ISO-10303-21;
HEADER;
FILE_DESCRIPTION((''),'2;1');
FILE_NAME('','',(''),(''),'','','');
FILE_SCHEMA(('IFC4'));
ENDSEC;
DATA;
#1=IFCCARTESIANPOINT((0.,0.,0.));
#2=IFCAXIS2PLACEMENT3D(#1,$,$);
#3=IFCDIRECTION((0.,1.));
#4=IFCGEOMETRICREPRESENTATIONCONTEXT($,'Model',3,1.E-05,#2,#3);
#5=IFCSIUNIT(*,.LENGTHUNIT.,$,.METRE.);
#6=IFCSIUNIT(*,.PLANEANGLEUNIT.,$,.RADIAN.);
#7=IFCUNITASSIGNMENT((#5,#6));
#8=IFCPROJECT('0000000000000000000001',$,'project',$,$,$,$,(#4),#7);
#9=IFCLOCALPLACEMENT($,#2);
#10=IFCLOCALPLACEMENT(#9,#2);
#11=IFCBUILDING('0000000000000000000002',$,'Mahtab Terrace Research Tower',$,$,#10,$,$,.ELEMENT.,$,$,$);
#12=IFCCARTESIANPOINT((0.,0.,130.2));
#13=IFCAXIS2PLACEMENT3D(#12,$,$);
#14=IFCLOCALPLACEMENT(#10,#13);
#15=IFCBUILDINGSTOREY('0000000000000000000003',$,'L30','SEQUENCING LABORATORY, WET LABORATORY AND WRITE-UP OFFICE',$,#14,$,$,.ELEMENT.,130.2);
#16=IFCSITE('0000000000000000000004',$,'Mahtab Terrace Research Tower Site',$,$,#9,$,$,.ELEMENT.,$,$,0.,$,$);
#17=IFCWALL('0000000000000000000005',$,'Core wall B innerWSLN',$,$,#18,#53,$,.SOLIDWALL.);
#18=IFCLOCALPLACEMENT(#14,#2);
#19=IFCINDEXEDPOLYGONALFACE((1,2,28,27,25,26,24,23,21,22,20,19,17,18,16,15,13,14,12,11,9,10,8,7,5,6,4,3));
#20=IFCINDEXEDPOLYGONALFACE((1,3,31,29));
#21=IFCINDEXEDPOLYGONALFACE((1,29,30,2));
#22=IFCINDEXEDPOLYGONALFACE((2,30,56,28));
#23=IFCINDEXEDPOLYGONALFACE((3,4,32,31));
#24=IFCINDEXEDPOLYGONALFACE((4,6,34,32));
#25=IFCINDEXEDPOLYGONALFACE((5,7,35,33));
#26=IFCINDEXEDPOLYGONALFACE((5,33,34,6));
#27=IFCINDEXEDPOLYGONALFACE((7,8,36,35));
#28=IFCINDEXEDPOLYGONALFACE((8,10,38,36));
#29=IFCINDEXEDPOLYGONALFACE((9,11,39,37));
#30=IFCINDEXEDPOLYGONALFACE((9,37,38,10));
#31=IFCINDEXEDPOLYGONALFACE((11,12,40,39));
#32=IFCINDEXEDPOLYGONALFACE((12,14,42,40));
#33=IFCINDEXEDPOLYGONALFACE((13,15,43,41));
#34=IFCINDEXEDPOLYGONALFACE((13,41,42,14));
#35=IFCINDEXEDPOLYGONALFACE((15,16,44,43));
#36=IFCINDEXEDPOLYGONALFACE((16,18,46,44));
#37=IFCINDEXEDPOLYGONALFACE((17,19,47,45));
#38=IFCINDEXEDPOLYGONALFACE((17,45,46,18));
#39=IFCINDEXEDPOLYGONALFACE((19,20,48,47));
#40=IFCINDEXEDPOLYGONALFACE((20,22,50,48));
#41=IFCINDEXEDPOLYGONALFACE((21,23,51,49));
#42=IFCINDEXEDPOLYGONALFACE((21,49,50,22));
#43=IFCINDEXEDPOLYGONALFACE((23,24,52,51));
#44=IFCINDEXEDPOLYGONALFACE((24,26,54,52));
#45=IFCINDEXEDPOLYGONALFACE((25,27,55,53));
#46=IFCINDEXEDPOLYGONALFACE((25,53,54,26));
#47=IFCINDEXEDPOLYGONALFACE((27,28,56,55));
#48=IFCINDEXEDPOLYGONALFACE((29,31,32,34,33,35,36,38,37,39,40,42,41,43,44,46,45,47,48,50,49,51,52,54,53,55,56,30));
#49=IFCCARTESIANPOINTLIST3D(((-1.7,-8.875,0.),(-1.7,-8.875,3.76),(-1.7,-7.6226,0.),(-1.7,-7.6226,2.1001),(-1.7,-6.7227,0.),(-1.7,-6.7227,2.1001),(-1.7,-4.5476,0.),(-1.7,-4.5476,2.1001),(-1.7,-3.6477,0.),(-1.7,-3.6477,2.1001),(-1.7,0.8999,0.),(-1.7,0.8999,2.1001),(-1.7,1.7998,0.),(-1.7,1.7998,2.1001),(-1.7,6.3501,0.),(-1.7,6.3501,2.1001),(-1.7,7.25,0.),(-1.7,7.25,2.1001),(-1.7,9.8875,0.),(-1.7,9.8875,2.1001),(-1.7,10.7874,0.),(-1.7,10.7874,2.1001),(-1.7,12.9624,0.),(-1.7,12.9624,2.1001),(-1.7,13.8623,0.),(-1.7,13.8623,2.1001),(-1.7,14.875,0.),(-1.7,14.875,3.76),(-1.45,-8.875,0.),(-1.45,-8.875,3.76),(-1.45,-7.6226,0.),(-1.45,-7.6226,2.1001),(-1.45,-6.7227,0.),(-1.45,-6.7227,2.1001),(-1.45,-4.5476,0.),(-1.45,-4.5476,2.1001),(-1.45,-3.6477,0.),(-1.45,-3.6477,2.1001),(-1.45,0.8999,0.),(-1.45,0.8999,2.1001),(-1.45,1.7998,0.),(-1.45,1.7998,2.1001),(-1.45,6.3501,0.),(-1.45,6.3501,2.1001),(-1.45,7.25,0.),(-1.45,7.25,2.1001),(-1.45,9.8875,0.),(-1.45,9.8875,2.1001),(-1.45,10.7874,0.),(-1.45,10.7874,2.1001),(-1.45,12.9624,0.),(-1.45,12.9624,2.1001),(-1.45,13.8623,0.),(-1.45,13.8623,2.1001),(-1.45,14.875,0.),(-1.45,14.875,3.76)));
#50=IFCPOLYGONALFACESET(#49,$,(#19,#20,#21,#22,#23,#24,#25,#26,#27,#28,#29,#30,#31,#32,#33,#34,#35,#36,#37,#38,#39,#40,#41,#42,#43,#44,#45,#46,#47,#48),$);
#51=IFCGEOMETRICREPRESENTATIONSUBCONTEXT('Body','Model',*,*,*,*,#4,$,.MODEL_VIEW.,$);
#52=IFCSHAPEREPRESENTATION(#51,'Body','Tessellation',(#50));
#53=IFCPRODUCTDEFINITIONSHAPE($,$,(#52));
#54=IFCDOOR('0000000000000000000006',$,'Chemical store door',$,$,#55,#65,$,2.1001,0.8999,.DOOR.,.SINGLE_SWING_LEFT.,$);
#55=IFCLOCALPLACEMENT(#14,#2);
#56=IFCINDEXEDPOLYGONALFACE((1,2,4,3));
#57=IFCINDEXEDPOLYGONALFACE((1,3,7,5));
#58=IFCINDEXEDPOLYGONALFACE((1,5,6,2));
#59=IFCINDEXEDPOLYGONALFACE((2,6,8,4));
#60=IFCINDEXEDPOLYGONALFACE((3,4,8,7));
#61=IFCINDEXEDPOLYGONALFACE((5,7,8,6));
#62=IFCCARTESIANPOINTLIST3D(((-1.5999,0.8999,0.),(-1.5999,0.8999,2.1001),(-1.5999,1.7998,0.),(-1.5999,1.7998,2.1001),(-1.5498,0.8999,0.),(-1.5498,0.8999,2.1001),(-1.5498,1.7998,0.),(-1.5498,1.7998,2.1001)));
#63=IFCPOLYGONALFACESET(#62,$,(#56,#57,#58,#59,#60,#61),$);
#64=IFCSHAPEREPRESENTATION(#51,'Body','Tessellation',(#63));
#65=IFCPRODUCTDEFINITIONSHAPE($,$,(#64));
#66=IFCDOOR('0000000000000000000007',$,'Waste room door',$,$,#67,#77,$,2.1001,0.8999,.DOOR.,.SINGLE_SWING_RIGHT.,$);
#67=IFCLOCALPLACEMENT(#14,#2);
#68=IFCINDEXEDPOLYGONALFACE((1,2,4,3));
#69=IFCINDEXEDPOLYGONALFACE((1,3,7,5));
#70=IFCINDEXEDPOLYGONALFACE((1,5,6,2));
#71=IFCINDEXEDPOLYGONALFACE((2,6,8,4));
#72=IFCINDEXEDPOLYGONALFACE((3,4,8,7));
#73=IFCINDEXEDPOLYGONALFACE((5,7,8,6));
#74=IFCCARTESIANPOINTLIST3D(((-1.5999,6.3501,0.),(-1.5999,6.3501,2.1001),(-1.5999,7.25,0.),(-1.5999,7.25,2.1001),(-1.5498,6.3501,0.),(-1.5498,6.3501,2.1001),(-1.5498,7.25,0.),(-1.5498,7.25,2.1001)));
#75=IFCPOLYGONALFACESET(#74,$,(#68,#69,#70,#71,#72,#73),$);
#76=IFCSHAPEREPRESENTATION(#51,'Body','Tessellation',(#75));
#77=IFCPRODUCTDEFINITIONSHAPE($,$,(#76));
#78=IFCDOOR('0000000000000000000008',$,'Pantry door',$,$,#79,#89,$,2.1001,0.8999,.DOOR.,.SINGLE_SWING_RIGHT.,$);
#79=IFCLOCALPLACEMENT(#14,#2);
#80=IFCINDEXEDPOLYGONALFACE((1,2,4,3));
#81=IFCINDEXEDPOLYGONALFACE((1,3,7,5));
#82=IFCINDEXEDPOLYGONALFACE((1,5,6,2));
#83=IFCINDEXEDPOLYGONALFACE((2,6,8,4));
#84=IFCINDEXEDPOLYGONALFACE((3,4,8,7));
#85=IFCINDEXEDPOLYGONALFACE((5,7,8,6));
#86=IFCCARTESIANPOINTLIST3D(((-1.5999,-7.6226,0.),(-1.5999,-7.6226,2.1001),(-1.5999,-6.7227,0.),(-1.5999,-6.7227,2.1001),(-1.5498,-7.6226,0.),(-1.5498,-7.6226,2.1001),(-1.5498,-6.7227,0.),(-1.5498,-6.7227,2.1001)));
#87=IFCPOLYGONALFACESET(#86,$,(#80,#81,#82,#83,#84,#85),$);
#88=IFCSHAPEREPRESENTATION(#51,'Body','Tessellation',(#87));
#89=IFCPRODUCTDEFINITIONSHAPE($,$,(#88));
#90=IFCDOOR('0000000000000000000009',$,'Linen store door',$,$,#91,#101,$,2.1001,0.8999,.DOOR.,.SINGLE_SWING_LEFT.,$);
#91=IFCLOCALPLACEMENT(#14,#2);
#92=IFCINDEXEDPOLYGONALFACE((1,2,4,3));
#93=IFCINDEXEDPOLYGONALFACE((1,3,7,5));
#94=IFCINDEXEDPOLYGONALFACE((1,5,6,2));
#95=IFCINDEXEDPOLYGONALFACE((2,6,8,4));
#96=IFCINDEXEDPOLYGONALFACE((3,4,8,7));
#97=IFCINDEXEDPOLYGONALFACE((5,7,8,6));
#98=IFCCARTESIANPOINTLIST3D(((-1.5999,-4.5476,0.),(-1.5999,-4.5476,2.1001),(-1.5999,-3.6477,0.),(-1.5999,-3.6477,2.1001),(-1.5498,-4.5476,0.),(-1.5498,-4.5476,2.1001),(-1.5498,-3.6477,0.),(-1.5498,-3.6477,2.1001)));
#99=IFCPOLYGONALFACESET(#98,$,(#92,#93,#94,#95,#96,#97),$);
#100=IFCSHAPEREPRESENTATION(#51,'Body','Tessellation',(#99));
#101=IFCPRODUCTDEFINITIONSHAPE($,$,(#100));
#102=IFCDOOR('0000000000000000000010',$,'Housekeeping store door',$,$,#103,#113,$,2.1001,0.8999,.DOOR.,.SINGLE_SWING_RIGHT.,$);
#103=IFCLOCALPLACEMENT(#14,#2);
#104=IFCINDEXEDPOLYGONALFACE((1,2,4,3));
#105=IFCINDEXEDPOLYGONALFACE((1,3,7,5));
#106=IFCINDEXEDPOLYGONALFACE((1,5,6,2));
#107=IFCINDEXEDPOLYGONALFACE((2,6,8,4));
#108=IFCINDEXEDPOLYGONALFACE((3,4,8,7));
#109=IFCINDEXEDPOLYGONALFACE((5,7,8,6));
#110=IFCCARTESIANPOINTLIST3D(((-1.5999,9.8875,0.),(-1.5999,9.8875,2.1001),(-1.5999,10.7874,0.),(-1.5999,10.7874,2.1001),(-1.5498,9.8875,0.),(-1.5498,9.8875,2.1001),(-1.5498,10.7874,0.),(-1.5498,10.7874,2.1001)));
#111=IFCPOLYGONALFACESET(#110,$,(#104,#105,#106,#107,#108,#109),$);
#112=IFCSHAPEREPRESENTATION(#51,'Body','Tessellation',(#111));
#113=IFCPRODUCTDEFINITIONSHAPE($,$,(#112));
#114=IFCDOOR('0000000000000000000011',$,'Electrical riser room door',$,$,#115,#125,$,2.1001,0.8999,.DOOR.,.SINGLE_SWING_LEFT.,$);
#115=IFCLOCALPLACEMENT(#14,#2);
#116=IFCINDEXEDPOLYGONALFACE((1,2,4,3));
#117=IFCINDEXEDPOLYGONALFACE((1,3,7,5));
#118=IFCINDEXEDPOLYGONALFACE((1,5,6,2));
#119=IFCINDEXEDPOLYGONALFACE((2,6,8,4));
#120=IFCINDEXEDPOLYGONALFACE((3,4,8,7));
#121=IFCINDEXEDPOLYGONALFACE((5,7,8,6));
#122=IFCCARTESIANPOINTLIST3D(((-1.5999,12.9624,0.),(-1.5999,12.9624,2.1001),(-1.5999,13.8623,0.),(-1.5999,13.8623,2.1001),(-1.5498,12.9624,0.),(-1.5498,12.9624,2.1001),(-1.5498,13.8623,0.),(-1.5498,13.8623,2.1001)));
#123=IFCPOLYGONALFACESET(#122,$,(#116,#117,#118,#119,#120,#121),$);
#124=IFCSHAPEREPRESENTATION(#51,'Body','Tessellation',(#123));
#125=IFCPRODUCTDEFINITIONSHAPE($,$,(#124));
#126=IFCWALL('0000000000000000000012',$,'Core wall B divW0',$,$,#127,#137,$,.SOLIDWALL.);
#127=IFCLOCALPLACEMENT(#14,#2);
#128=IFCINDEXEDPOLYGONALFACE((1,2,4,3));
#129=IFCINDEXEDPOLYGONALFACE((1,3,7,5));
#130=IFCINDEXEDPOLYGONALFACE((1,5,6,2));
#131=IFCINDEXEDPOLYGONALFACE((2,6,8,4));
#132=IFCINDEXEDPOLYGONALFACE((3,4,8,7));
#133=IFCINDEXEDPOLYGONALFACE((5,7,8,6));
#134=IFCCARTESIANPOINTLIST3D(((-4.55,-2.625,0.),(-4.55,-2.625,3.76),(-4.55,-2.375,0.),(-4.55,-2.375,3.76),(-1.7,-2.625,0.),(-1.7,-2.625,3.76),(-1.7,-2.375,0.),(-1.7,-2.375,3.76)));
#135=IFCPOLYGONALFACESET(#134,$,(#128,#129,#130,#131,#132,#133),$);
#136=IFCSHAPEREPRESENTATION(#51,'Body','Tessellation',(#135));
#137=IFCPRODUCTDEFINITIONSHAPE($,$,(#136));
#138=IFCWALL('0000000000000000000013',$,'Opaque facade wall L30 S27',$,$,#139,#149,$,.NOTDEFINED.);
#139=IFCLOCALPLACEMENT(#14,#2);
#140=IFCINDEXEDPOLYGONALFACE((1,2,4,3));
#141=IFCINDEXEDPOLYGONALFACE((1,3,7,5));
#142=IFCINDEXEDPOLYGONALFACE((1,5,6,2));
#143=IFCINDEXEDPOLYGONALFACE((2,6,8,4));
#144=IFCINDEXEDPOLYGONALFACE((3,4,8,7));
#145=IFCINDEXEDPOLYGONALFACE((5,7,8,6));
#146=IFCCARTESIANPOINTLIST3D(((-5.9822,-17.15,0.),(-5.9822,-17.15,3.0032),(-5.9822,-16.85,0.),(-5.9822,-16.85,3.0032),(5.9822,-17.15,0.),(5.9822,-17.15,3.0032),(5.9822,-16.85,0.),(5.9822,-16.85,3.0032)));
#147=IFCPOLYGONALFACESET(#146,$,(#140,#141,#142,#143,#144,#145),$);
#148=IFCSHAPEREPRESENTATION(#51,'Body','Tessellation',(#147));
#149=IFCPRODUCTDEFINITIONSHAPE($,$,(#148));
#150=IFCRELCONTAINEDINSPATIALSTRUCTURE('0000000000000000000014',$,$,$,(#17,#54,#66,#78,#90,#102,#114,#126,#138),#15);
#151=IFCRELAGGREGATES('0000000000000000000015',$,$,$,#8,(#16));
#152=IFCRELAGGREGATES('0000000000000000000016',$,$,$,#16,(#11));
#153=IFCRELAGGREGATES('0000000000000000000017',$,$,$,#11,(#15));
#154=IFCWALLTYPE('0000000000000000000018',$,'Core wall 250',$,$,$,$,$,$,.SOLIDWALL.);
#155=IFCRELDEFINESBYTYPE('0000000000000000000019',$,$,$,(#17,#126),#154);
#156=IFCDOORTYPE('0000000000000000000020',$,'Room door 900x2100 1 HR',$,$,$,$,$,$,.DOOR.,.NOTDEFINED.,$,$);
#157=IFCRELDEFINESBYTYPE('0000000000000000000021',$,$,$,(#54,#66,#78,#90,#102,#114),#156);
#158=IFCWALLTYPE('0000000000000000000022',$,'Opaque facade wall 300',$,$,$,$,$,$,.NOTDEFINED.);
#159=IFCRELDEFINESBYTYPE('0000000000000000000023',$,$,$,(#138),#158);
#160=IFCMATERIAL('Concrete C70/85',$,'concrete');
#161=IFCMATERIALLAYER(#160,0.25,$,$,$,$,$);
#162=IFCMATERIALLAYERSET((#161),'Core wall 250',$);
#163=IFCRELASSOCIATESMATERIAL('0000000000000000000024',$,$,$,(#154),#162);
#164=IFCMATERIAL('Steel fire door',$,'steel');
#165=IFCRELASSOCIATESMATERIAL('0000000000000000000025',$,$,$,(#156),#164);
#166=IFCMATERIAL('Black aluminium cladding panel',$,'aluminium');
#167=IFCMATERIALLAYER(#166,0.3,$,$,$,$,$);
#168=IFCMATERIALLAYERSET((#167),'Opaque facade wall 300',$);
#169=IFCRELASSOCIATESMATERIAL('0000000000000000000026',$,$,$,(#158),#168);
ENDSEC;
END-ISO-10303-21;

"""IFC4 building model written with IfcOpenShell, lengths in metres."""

from ifc_helpers import new_model, si_unit, direction, frame, frame_2d, origin, place, context, subcontext, project, spatial, rectangle, extrude, material, layer, layer_set, type_object, element, fill, save


model = new_model("IFC4")

# Units and contexts
model_context = context("Model", 3, precision=1e-05, world=origin(), true_north=direction((0.0, 1.0)))
body_context = subcontext(model_context, "Body", "Model", "MODEL_VIEW")
ifc_project = project(units=[si_unit("LENGTHUNIT", "METRE"), si_unit("PLANEANGLEUNIT", "RADIAN")], contexts=[model_context])

# Site, building, storey
site_placement = place(None, origin())
site = spatial("IfcSite", under=ifc_project, at=site_placement, Name="Mahtab Terrace Research Tower Site", CompositionType="ELEMENT", RefElevation=0.0)
building_placement = place(site_placement, origin())
building = spatial("IfcBuilding", under=site, at=building_placement, Name="Mahtab Terrace Research Tower", CompositionType="ELEMENT")
storey_placement = place(building_placement, frame((0.0, 0.0, 130.2)))
storey = spatial("IfcBuildingStorey", under=building, at=storey_placement, Name="L30", Description="SEQUENCING LABORATORY, WET LABORATORY AND WRITE-UP OFFICE", CompositionType="ELEMENT", Elevation=130.2)

# Shared definitions
ifc_material_1 = material(Name="Concrete C70/85", Category="concrete")

# Wall, openings, doors
ifc_layer_1 = layer(ifc_material_1, 0.25)
ifc_layer_set_1 = layer_set([ifc_layer_1], Name="Core wall 250")
wall_type_1 = type_object("IfcWallType", Name="Core wall 250", PredefinedType="SOLIDWALL", material=ifc_layer_set_1)
wall_1_placement = place(storey_placement, frame((-1.575, -8.875, 0.0), z_axis=(0.0, 0.0, 1.0), x_axis=(0.0, 1.0, 0.0)))
wall_1 = element("IfcWall", 1, at=wall_1_placement, inside=storey, type_object=wall_type_1, Name="Core wall B innerWSLN", PredefinedType="SOLIDWALL", context=body_context, shape_type="SweptSolid", body=[
    extrude(rectangle(XDim=23.75, YDim=0.25, at=frame_2d((11.875, 0.0))), origin(), (0.0, 0.0, 1.0), 3.76),
])
opening_1_placement = place(wall_1_placement, frame((9.7749, 0.0, 0.0)))
opening_1 = element("IfcOpeningElement", 2, at=opening_1_placement, cuts=wall_1, PredefinedType="OPENING", context=body_context, shape_type="SweptSolid", body=[
    extrude(rectangle(XDim=0.8999, YDim=2.1001, at=frame_2d((0.45, 1.05))), frame((0.0, 0.135, 0.0), z_axis=(0.0, -1.0, 0.0), x_axis=(1.0, 0.0, 0.0)), (0.0, 0.0, 1.0), 0.27),
])
opening_2_placement = place(wall_1_placement, frame((15.2251, 0.0, 0.0)))
opening_2 = element("IfcOpeningElement", 3, at=opening_2_placement, cuts=wall_1, PredefinedType="OPENING", context=body_context, shape_type="SweptSolid", body=[
    extrude(rectangle(XDim=0.8999, YDim=2.1001, at=frame_2d((0.45, 1.05))), frame((0.0, 0.135, 0.0), z_axis=(0.0, -1.0, 0.0), x_axis=(1.0, 0.0, 0.0)), (0.0, 0.0, 1.0), 0.27),
])
opening_3_placement = place(wall_1_placement, frame((1.2524, 0.0, 0.0)))
opening_3 = element("IfcOpeningElement", 4, at=opening_3_placement, cuts=wall_1, PredefinedType="OPENING", context=body_context, shape_type="SweptSolid", body=[
    extrude(rectangle(XDim=0.8999, YDim=2.1001, at=frame_2d((0.45, 1.05))), frame((0.0, 0.135, 0.0), z_axis=(0.0, -1.0, 0.0), x_axis=(1.0, 0.0, 0.0)), (0.0, 0.0, 1.0), 0.27),
])
opening_4_placement = place(wall_1_placement, frame((4.3274, 0.0, 0.0)))
opening_4 = element("IfcOpeningElement", 5, at=opening_4_placement, cuts=wall_1, PredefinedType="OPENING", context=body_context, shape_type="SweptSolid", body=[
    extrude(rectangle(XDim=0.8999, YDim=2.1001, at=frame_2d((0.45, 1.05))), frame((0.0, 0.135, 0.0), z_axis=(0.0, -1.0, 0.0), x_axis=(1.0, 0.0, 0.0)), (0.0, 0.0, 1.0), 0.27),
])
opening_5_placement = place(wall_1_placement, frame((18.7625, 0.0, 0.0)))
opening_5 = element("IfcOpeningElement", 6, at=opening_5_placement, cuts=wall_1, PredefinedType="OPENING", context=body_context, shape_type="SweptSolid", body=[
    extrude(rectangle(XDim=0.8999, YDim=2.1001, at=frame_2d((0.45, 1.05))), frame((0.0, 0.135, 0.0), z_axis=(0.0, -1.0, 0.0), x_axis=(1.0, 0.0, 0.0)), (0.0, 0.0, 1.0), 0.27),
])
opening_6_placement = place(wall_1_placement, frame((21.8374, 0.0, 0.0)))
opening_6 = element("IfcOpeningElement", 7, at=opening_6_placement, cuts=wall_1, PredefinedType="OPENING", context=body_context, shape_type="SweptSolid", body=[
    extrude(rectangle(XDim=0.8999, YDim=2.1001, at=frame_2d((0.45, 1.05))), frame((0.0, 0.135, 0.0), z_axis=(0.0, -1.0, 0.0), x_axis=(1.0, 0.0, 0.0)), (0.0, 0.0, 1.0), 0.27),
])
ifc_material_2 = material(Name="Steel fire door", Category="steel")
door_type_1 = type_object("IfcDoorType", Name="Room door 900x2100 1 HR", OperationType="NOTDEFINED", PredefinedType="DOOR", material=ifc_material_2)
door_1_placement = place(opening_1_placement, origin())
door_1 = element("IfcDoor", 8, at=door_1_placement, inside=storey, type_object=door_type_1, Name="Chemical store door", OperationType="SINGLE_SWING_LEFT", OverallHeight=2.1001, OverallWidth=0.8999, PredefinedType="DOOR", context=body_context, shape_type="SweptSolid", body=[
    extrude(rectangle(XDim=0.8999, YDim=2.1001, at=frame_2d((0.45, 1.05))), frame((0.0, 0.0249, 0.0), z_axis=(0.0, -1.0, 0.0), x_axis=(1.0, 0.0, 0.0)), (0.0, 0.0, 1.0), 0.05),
])
fill(opening_1, door_1)
door_2_placement = place(opening_2_placement, origin())
door_2 = element("IfcDoor", 9, at=door_2_placement, inside=storey, type_object=door_type_1, Name="Waste room door", OperationType="SINGLE_SWING_RIGHT", OverallHeight=2.1001, OverallWidth=0.8999, PredefinedType="DOOR", context=body_context, shape_type="SweptSolid", body=[
    extrude(rectangle(XDim=0.8999, YDim=2.1001, at=frame_2d((0.45, 1.05))), frame((0.0, 0.0249, 0.0), z_axis=(0.0, -1.0, 0.0), x_axis=(1.0, 0.0, 0.0)), (0.0, 0.0, 1.0), 0.05),
])
fill(opening_2, door_2)
door_3_placement = place(opening_3_placement, origin())
door_3 = element("IfcDoor", 10, at=door_3_placement, inside=storey, type_object=door_type_1, Name="Pantry door", OperationType="SINGLE_SWING_RIGHT", OverallHeight=2.1001, OverallWidth=0.8999, PredefinedType="DOOR", context=body_context, shape_type="SweptSolid", body=[
    extrude(rectangle(XDim=0.8999, YDim=2.1001, at=frame_2d((0.45, 1.05))), frame((0.0, 0.0249, 0.0), z_axis=(0.0, -1.0, 0.0), x_axis=(1.0, 0.0, 0.0)), (0.0, 0.0, 1.0), 0.05),
])
fill(opening_3, door_3)
door_4_placement = place(opening_4_placement, origin())
door_4 = element("IfcDoor", 11, at=door_4_placement, inside=storey, type_object=door_type_1, Name="Linen store door", OperationType="SINGLE_SWING_LEFT", OverallHeight=2.1001, OverallWidth=0.8999, PredefinedType="DOOR", context=body_context, shape_type="SweptSolid", body=[
    extrude(rectangle(XDim=0.8999, YDim=2.1001, at=frame_2d((0.45, 1.05))), frame((0.0, 0.0249, 0.0), z_axis=(0.0, -1.0, 0.0), x_axis=(1.0, 0.0, 0.0)), (0.0, 0.0, 1.0), 0.05),
])
fill(opening_4, door_4)
door_5_placement = place(opening_5_placement, origin())
door_5 = element("IfcDoor", 12, at=door_5_placement, inside=storey, type_object=door_type_1, Name="Housekeeping store door", OperationType="SINGLE_SWING_RIGHT", OverallHeight=2.1001, OverallWidth=0.8999, PredefinedType="DOOR", context=body_context, shape_type="SweptSolid", body=[
    extrude(rectangle(XDim=0.8999, YDim=2.1001, at=frame_2d((0.45, 1.05))), frame((0.0, 0.0249, 0.0), z_axis=(0.0, -1.0, 0.0), x_axis=(1.0, 0.0, 0.0)), (0.0, 0.0, 1.0), 0.05),
])
fill(opening_5, door_5)
door_6_placement = place(opening_6_placement, origin())
door_6 = element("IfcDoor", 13, at=door_6_placement, inside=storey, type_object=door_type_1, Name="Electrical riser room door", OperationType="SINGLE_SWING_LEFT", OverallHeight=2.1001, OverallWidth=0.8999, PredefinedType="DOOR", context=body_context, shape_type="SweptSolid", body=[
    extrude(rectangle(XDim=0.8999, YDim=2.1001, at=frame_2d((0.45, 1.05))), frame((0.0, 0.0249, 0.0), z_axis=(0.0, -1.0, 0.0), x_axis=(1.0, 0.0, 0.0)), (0.0, 0.0, 1.0), 0.05),
])
fill(opening_6, door_6)

# Walls
wall_2_placement = place(storey_placement, frame((-4.55, -2.5, 0.0), z_axis=(0.0, 0.0, 1.0), x_axis=(1.0, 0.0, 0.0)))
element("IfcWall", 14, at=wall_2_placement, inside=storey, type_object=wall_type_1, Name="Core wall B divW0", PredefinedType="SOLIDWALL", context=body_context, shape_type="SweptSolid", body=[
    extrude(rectangle(XDim=2.8501, YDim=0.25, at=frame_2d((1.425, 0.0))), origin(), (0.0, 0.0, 1.0), 3.76),
])
ifc_material_3 = material(Name="Black aluminium cladding panel", Category="aluminium")
ifc_layer_2 = layer(ifc_material_3, 0.3)
ifc_layer_set_2 = layer_set([ifc_layer_2], Name="Opaque facade wall 300")
wall_type_2 = type_object("IfcWallType", Name="Opaque facade wall 300", PredefinedType="NOTDEFINED", material=ifc_layer_set_2)
wall_3_placement = place(storey_placement, frame((-5.9822, -17.0, 0.0), z_axis=(0.0, 0.0, 1.0), x_axis=(1.0, 0.0, 0.0)))
element("IfcWall", 15, at=wall_3_placement, inside=storey, type_object=wall_type_2, Name="Opaque facade wall L30 S27", PredefinedType="NOTDEFINED", context=body_context, shape_type="SweptSolid", body=[
    extrude(rectangle(XDim=11.9644, YDim=0.3, at=frame_2d((5.9822, 0.0))), origin(), (0.0, 0.0, 1.0), 3.0032),
])

save(model, "model.ifc")
